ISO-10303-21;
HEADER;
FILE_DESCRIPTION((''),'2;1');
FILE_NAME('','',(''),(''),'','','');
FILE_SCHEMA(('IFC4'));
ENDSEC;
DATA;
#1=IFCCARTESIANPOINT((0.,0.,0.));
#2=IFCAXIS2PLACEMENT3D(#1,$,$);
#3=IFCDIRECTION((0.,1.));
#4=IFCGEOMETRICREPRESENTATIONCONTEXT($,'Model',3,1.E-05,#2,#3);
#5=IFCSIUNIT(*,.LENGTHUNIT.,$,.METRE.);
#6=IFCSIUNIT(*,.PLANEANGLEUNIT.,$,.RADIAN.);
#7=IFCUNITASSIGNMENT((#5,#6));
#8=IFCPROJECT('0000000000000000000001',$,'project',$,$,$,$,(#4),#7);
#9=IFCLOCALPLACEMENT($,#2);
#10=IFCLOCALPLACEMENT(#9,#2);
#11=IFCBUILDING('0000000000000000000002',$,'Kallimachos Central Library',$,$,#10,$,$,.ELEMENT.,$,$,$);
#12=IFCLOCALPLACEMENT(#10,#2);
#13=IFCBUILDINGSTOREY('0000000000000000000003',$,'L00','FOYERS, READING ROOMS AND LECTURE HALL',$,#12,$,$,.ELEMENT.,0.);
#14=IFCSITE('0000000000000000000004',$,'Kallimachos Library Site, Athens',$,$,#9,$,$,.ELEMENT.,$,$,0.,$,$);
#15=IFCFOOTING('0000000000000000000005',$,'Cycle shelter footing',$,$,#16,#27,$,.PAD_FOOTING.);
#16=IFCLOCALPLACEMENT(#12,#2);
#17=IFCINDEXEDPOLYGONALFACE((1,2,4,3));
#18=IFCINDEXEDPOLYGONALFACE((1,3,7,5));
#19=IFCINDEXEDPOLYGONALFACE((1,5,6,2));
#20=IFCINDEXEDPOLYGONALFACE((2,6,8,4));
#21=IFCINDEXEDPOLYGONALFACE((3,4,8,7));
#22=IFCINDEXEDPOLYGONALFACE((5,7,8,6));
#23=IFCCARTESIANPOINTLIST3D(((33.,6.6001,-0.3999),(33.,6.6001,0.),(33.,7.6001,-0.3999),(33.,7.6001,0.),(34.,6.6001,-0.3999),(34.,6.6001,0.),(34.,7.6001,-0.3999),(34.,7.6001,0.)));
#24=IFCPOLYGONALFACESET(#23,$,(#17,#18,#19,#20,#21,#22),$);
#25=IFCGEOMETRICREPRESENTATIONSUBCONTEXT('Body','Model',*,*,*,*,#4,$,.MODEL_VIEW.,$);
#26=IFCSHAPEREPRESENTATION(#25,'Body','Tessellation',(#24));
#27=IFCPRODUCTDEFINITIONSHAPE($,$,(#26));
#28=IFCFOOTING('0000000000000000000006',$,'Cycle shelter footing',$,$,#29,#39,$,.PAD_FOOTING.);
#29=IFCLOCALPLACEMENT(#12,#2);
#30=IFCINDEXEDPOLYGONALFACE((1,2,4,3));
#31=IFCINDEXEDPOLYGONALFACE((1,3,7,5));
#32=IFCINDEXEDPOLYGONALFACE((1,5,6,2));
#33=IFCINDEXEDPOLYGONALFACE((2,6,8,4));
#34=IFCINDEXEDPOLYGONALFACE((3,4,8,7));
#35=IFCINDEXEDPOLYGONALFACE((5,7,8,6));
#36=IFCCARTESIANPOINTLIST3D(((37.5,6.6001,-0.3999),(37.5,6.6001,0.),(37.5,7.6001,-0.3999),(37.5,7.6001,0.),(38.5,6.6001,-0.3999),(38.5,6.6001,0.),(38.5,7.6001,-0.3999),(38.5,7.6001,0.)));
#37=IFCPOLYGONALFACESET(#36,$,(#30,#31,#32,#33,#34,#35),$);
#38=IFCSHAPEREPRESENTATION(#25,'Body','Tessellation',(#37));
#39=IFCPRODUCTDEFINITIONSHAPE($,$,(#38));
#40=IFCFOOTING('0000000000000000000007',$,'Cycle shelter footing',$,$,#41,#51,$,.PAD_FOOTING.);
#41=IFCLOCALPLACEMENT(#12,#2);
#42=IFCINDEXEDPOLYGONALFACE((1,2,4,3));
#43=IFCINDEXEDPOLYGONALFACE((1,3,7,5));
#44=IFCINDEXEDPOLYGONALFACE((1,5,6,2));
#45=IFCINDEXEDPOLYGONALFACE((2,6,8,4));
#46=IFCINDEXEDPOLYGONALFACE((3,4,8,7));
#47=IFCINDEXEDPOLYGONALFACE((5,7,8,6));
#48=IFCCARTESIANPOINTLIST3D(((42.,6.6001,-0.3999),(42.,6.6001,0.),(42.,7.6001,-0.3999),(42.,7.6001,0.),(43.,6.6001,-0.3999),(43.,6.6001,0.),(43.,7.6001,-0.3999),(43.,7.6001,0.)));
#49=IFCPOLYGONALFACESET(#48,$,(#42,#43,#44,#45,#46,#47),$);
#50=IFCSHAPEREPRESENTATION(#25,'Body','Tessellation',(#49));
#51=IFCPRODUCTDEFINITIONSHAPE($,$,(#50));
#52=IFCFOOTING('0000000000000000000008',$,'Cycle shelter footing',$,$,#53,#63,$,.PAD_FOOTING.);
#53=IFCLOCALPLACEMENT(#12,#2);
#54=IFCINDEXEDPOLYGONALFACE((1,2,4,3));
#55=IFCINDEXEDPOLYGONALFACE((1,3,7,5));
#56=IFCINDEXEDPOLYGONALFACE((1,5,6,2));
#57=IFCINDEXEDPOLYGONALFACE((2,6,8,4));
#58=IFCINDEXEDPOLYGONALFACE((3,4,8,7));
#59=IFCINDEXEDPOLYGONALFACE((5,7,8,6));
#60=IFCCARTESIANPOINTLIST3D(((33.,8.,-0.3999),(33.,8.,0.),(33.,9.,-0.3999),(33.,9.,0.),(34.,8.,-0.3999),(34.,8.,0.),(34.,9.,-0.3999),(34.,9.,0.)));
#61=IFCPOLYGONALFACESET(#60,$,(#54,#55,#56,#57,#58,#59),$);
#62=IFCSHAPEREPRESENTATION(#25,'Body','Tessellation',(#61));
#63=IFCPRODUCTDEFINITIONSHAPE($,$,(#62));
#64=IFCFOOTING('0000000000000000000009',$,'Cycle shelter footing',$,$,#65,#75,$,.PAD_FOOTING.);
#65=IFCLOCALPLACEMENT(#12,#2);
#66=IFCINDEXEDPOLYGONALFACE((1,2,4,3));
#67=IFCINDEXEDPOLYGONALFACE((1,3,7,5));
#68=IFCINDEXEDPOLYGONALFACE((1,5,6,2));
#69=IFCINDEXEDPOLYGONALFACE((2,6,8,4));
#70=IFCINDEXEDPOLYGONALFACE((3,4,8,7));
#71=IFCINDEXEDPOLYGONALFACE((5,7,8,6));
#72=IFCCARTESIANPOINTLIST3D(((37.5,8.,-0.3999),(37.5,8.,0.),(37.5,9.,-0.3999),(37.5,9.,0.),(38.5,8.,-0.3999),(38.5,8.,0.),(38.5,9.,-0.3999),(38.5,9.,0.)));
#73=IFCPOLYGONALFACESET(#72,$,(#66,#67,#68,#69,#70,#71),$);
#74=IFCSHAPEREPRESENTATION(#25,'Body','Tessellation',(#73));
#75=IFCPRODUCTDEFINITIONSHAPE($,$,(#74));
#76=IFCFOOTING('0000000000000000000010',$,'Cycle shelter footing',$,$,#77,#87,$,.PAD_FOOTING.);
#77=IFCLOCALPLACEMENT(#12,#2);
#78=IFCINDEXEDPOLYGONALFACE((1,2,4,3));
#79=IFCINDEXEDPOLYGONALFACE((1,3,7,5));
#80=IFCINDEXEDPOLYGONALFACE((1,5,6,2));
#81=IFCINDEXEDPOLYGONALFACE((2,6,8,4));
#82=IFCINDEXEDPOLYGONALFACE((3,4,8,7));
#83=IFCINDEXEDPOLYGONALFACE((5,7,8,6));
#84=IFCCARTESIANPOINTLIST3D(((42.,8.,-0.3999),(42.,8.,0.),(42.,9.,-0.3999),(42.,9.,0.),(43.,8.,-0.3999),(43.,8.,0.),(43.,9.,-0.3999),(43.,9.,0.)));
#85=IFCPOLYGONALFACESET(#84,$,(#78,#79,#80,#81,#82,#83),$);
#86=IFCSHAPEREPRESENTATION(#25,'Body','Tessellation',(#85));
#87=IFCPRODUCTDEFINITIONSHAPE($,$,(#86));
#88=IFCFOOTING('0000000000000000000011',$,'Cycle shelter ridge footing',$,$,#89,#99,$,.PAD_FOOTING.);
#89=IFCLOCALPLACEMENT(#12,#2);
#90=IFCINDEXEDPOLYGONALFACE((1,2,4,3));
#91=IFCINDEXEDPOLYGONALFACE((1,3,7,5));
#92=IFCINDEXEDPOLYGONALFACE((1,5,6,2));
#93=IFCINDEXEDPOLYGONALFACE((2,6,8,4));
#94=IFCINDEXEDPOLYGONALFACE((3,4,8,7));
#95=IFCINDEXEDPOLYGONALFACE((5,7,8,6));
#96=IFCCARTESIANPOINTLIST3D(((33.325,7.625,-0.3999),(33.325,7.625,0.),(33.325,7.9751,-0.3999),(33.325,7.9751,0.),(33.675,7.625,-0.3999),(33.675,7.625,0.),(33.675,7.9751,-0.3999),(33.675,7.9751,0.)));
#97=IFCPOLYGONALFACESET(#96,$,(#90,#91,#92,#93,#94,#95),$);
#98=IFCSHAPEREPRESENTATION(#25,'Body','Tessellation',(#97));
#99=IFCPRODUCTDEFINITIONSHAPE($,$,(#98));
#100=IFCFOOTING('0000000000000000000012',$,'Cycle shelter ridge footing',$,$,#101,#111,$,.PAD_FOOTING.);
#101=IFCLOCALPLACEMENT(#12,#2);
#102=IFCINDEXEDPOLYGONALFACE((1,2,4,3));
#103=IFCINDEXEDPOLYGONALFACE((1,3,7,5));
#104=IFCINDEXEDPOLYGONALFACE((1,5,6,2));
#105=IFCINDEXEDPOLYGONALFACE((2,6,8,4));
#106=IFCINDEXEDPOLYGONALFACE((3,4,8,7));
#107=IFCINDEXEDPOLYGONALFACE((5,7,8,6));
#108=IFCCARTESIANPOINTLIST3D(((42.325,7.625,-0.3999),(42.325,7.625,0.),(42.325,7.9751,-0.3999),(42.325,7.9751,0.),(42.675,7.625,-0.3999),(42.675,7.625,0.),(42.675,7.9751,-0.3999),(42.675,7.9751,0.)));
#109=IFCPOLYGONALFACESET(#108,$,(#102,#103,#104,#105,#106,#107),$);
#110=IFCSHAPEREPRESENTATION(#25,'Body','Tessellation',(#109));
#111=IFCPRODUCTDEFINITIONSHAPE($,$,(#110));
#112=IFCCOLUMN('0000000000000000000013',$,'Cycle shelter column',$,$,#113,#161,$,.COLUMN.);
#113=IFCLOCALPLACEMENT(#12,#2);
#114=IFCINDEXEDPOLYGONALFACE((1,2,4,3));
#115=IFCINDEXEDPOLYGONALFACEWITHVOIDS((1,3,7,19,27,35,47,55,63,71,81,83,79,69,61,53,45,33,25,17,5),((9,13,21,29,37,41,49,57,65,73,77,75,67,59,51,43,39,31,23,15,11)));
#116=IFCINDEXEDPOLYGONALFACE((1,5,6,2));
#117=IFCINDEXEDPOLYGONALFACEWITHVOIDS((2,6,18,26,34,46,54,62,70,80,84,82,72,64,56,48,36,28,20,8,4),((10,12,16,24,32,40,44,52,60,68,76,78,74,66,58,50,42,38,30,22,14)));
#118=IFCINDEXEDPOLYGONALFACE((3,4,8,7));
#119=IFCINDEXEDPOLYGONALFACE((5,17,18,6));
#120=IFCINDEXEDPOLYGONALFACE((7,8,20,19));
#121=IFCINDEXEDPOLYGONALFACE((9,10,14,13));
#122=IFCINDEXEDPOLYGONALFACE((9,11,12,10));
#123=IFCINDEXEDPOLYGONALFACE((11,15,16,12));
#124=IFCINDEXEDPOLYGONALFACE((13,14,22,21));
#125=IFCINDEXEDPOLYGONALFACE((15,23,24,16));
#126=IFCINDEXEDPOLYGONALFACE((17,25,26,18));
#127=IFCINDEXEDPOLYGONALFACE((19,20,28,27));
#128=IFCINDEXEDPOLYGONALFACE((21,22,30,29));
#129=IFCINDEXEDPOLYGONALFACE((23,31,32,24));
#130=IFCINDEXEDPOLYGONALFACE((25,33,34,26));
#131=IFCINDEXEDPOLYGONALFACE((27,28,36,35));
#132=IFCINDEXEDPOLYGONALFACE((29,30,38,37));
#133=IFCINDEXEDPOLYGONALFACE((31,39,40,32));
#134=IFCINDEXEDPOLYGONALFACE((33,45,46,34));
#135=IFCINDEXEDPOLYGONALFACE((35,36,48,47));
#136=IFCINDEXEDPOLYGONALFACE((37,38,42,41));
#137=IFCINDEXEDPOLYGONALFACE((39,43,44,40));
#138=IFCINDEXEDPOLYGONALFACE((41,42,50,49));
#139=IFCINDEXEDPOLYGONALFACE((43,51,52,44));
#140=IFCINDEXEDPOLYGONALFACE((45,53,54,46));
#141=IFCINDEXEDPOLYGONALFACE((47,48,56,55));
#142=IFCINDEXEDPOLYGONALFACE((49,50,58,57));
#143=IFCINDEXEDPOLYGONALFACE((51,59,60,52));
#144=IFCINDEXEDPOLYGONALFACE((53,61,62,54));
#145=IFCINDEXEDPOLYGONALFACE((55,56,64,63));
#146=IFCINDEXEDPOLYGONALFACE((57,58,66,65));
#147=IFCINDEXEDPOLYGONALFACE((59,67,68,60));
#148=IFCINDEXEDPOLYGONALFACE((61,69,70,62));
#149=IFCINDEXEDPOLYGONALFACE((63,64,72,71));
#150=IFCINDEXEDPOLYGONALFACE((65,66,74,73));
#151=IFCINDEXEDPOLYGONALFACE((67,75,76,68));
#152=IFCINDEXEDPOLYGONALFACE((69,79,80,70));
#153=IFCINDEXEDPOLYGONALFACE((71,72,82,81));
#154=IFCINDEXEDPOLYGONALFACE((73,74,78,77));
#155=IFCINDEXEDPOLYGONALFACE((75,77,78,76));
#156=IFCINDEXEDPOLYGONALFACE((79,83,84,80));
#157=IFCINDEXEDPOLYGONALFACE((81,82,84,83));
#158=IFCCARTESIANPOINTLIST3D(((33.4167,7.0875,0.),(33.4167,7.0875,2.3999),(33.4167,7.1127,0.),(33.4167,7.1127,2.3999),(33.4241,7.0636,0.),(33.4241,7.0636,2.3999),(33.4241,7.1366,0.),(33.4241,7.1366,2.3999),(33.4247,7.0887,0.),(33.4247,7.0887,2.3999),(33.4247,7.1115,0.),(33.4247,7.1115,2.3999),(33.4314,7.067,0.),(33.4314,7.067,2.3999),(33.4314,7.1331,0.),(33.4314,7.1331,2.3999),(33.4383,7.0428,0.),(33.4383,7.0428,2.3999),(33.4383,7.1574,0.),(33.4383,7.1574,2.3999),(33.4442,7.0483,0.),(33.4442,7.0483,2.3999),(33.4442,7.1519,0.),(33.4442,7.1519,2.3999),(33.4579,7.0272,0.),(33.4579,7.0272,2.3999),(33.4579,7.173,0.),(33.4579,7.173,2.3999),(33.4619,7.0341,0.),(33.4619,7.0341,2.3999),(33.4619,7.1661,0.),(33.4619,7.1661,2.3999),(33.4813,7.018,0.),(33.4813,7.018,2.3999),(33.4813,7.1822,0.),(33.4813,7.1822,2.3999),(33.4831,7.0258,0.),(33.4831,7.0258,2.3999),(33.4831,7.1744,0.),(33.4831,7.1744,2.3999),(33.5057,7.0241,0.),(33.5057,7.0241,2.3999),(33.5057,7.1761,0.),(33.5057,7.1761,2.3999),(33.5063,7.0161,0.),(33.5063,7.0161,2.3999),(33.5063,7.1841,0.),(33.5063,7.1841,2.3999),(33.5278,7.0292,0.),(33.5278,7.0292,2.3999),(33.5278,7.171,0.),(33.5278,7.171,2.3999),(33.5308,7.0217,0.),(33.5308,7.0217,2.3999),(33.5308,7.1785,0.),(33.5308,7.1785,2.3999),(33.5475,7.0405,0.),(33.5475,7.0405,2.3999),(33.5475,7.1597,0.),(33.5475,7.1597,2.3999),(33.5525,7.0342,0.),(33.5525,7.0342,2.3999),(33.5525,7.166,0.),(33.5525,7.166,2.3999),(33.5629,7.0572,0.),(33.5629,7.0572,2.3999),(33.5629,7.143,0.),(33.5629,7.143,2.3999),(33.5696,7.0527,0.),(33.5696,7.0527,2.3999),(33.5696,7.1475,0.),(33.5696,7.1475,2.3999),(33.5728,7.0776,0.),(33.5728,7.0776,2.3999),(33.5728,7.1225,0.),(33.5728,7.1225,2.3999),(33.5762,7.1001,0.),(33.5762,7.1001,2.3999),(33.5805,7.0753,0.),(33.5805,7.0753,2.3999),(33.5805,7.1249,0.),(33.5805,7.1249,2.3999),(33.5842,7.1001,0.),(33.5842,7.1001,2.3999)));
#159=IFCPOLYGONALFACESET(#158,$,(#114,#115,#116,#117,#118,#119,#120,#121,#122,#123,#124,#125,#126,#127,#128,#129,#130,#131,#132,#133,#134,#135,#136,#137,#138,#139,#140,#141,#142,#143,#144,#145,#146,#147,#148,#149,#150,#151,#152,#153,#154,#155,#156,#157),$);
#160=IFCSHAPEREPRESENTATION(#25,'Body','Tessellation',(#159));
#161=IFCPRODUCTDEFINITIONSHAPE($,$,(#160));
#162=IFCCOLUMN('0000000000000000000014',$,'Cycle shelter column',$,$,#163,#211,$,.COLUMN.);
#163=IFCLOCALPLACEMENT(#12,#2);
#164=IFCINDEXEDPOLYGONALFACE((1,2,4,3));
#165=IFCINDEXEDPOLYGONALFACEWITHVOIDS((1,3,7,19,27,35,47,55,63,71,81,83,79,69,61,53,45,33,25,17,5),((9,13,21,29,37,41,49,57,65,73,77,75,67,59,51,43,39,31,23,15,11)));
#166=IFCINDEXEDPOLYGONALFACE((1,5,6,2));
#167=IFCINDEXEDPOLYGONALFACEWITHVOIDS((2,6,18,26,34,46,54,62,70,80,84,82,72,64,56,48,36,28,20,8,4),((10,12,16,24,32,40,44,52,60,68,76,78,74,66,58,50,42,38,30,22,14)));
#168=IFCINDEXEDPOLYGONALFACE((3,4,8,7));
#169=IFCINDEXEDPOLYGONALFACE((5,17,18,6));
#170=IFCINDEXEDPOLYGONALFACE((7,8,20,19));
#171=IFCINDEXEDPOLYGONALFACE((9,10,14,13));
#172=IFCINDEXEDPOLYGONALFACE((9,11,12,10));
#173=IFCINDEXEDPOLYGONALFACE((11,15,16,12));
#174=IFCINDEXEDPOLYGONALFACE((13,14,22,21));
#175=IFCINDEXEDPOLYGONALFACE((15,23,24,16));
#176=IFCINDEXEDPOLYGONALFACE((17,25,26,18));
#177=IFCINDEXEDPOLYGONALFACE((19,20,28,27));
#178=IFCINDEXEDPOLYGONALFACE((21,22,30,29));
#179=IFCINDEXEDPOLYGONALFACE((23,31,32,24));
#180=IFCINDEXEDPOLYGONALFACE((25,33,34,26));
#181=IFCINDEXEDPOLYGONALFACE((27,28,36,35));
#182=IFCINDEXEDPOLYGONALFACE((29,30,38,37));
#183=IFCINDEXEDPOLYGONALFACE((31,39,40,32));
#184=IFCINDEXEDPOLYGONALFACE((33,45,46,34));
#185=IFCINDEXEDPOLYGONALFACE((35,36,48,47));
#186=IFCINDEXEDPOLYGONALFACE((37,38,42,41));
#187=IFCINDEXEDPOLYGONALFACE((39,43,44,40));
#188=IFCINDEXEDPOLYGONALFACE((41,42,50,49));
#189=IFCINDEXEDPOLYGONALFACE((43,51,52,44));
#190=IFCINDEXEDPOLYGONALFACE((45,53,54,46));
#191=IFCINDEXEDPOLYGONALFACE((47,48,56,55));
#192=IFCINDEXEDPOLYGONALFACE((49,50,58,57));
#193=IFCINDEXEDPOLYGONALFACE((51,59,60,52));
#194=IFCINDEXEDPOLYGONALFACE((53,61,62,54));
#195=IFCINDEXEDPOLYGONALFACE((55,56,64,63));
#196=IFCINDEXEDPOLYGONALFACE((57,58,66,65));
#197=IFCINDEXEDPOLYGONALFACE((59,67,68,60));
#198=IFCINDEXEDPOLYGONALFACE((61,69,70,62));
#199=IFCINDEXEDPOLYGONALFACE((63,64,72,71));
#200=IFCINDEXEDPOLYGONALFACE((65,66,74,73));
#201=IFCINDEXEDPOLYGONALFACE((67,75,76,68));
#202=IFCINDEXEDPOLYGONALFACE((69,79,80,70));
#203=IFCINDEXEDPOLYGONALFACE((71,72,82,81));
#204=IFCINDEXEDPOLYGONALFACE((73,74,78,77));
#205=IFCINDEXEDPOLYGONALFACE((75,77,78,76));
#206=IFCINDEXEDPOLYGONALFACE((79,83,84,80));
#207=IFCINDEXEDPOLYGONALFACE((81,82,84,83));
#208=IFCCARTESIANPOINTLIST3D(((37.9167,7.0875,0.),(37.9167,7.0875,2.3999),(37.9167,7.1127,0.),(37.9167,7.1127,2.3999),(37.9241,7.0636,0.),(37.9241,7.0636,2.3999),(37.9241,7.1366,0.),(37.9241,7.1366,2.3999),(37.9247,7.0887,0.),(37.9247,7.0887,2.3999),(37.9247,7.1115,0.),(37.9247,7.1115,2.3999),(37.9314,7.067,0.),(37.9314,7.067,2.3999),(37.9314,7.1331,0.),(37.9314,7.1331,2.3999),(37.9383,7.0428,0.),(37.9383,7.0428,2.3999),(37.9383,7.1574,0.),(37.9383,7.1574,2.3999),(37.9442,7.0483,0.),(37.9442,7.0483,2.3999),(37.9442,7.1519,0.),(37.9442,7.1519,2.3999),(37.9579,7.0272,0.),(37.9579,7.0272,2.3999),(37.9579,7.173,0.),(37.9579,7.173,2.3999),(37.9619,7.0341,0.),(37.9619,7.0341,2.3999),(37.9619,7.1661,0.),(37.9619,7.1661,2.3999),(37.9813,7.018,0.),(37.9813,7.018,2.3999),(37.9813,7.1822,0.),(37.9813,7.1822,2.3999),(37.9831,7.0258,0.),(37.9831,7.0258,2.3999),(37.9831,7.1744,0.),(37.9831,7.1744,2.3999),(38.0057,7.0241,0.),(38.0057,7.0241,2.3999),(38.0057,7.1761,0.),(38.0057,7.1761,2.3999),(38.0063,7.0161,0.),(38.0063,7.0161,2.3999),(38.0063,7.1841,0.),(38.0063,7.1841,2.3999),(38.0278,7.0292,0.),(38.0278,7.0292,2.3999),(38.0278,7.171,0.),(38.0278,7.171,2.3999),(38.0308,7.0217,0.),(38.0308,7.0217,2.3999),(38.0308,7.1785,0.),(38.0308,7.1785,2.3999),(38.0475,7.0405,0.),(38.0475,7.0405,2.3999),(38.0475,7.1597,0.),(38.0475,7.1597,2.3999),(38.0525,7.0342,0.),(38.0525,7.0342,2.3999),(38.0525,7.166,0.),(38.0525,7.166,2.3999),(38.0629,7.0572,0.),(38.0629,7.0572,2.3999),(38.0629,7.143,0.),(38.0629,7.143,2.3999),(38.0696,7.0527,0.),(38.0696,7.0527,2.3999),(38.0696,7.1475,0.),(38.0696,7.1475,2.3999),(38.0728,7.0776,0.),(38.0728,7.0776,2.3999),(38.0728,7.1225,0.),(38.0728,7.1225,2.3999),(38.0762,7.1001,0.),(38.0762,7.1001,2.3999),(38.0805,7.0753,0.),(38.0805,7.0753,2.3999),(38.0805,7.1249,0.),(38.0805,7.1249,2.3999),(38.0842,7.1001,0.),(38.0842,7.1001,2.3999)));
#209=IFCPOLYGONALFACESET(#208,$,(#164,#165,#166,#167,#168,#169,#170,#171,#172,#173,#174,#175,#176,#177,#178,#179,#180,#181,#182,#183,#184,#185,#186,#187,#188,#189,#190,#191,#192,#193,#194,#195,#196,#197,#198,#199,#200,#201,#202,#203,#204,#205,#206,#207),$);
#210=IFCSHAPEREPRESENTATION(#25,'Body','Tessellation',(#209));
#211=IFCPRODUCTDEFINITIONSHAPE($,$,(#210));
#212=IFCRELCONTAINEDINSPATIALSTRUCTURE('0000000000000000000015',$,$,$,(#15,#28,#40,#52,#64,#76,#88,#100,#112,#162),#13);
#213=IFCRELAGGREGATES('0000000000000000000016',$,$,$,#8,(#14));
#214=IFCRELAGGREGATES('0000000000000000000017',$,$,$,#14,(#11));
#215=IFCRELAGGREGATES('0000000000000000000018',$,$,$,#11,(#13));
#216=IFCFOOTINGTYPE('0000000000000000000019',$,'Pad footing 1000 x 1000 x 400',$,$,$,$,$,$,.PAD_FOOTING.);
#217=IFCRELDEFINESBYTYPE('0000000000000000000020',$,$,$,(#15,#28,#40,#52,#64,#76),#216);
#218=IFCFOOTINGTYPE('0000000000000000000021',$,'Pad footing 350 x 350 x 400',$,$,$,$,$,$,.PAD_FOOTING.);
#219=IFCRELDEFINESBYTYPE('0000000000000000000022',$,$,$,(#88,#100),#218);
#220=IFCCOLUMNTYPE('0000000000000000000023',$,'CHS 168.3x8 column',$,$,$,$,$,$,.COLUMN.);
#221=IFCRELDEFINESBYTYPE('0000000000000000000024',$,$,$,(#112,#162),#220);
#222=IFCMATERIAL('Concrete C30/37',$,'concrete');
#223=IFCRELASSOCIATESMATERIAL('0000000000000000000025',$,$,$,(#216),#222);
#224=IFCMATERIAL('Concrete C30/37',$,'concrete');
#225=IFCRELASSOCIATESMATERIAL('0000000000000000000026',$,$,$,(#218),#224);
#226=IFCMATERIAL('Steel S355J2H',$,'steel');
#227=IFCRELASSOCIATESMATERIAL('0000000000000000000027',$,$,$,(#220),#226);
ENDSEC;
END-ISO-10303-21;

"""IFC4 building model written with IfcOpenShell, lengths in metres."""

from ifc_helpers import new_model, si_unit, direction, frame, origin, origin_2d, place, context, subcontext, project, spatial, rectangle, hollow_circle, extrude, material, material_profile, profile_set, type_object, element, save


model = new_model("IFC4")

# Units and contexts
model_context = context("Model", 3, precision=1e-05, world=origin(), true_north=direction((0.0, 1.0)))
body_context = subcontext(model_context, "Body", "Model", "MODEL_VIEW")
ifc_project = project(units=[si_unit("LENGTHUNIT", "METRE"), si_unit("PLANEANGLEUNIT", "RADIAN")], contexts=[model_context])

# Site, building, storey
site_placement = place(None, origin())
site = spatial("IfcSite", under=ifc_project, at=site_placement, Name="Kallimachos Library Site, Athens", CompositionType="ELEMENT", RefElevation=0.0)
building_placement = place(site_placement, origin())
building = spatial("IfcBuilding", under=site, at=building_placement, Name="Kallimachos Central Library", CompositionType="ELEMENT")
storey_placement = place(building_placement, origin())
storey = spatial("IfcBuildingStorey", under=building, at=storey_placement, Name="L00", Description="FOYERS, READING ROOMS AND LECTURE HALL", CompositionType="ELEMENT", Elevation=0.0)

# Footings
ifc_material_1 = material(Name="Concrete C30/37", Category="concrete")
footing_type_1 = type_object("IfcFootingType", Name="Pad footing 1000 x 1000 x 400", PredefinedType="PAD_FOOTING", material=ifc_material_1)
for number, where, z_axis, x_axis, name in (
    (1, (33.5, 7.1001, -0.3999), (0.0, 0.0, 1.0), (1.0, 0.0, 0.0), "Cycle shelter footing"),
    (2, (38.0, 7.1001, -0.3999), (0.0, 0.0, 1.0), (1.0, 0.0, 0.0), "Cycle shelter footing"),
    (3, (42.5, 7.1001, -0.3999), (0.0, 0.0, 1.0), (1.0, 0.0, 0.0), "Cycle shelter footing"),
    (4, (33.5, 8.5, -0.3999), (0.0, 0.0, 1.0), (1.0, 0.0, 0.0), "Cycle shelter footing"),
    (5, (38.0, 8.5, -0.3999), (0.0, 0.0, 1.0), (1.0, 0.0, 0.0), "Cycle shelter footing"),
    (6, (42.5, 8.5, -0.3999), (0.0, 0.0, 1.0), (1.0, 0.0, 0.0), "Cycle shelter footing"),
):
    element("IfcFooting", number, at=place(storey_placement, frame(where, z_axis=z_axis, x_axis=x_axis)), inside=storey, type_object=footing_type_1, Name=name, PredefinedType="PAD_FOOTING", context=body_context, shape_type="SweptSolid", body=[
        extrude(rectangle(XDim=1.0, YDim=1.0, at=origin_2d()), origin(), (0.0, 0.0, 1.0), 0.3999),
    ])
ifc_material_2 = material(Name="Concrete C30/37", Category="concrete")
footing_type_2 = type_object("IfcFootingType", Name="Pad footing 350 x 350 x 400", PredefinedType="PAD_FOOTING", material=ifc_material_2)
for number, where, z_axis, x_axis, name in (
    (7, (33.5, 7.8, -0.3999), (0.0, 0.0, 1.0), (1.0, 0.0, 0.0), "Cycle shelter ridge footing"),
    (8, (42.5, 7.8, -0.3999), (0.0, 0.0, 1.0), (1.0, 0.0, 0.0), "Cycle shelter ridge footing"),
):
    element("IfcFooting", number, at=place(storey_placement, frame(where, z_axis=z_axis, x_axis=x_axis)), inside=storey, type_object=footing_type_2, Name=name, PredefinedType="PAD_FOOTING", context=body_context, shape_type="SweptSolid", body=[
        extrude(rectangle(XDim=0.3501, YDim=0.3501, at=origin_2d()), origin(), (0.0, 0.0, 1.0), 0.3999),
    ])

# Columns
ifc_material_3 = material(Name="Steel S355J2H", Category="steel")
ifc_material_profile_1 = material_profile(ifc_material_3, hollow_circle(Radius=0.0842, WallThickness=0.0081, at=origin_2d()), Name="CHS 168.3x8")
ifc_profile_set_1 = profile_set([ifc_material_profile_1], Name="Steel S355J2H")
column_type = type_object("IfcColumnType", Name="CHS 168.3x8 column", PredefinedType="COLUMN", material=ifc_profile_set_1)
for number, where, z_axis, x_axis, name in (
    (9, (33.5, 7.1001, 0.0), (0.0, 0.0, 1.0), (1.0, 0.0, 0.0), "Cycle shelter column"),
    (10, (38.0, 7.1001, 0.0), (0.0, 0.0, 1.0), (1.0, 0.0, 0.0), "Cycle shelter column"),
):
    element("IfcColumn", number, at=place(storey_placement, frame(where, z_axis=z_axis, x_axis=x_axis)), inside=storey, type_object=column_type, Name=name, PredefinedType="COLUMN", context=body_context, shape_type="SweptSolid", body=[
        extrude(hollow_circle(Radius=0.0842, WallThickness=0.0081, at=origin_2d()), origin(), (0.0, 0.0, 1.0), 2.3999),
    ])

save(model, "model.ifc")
